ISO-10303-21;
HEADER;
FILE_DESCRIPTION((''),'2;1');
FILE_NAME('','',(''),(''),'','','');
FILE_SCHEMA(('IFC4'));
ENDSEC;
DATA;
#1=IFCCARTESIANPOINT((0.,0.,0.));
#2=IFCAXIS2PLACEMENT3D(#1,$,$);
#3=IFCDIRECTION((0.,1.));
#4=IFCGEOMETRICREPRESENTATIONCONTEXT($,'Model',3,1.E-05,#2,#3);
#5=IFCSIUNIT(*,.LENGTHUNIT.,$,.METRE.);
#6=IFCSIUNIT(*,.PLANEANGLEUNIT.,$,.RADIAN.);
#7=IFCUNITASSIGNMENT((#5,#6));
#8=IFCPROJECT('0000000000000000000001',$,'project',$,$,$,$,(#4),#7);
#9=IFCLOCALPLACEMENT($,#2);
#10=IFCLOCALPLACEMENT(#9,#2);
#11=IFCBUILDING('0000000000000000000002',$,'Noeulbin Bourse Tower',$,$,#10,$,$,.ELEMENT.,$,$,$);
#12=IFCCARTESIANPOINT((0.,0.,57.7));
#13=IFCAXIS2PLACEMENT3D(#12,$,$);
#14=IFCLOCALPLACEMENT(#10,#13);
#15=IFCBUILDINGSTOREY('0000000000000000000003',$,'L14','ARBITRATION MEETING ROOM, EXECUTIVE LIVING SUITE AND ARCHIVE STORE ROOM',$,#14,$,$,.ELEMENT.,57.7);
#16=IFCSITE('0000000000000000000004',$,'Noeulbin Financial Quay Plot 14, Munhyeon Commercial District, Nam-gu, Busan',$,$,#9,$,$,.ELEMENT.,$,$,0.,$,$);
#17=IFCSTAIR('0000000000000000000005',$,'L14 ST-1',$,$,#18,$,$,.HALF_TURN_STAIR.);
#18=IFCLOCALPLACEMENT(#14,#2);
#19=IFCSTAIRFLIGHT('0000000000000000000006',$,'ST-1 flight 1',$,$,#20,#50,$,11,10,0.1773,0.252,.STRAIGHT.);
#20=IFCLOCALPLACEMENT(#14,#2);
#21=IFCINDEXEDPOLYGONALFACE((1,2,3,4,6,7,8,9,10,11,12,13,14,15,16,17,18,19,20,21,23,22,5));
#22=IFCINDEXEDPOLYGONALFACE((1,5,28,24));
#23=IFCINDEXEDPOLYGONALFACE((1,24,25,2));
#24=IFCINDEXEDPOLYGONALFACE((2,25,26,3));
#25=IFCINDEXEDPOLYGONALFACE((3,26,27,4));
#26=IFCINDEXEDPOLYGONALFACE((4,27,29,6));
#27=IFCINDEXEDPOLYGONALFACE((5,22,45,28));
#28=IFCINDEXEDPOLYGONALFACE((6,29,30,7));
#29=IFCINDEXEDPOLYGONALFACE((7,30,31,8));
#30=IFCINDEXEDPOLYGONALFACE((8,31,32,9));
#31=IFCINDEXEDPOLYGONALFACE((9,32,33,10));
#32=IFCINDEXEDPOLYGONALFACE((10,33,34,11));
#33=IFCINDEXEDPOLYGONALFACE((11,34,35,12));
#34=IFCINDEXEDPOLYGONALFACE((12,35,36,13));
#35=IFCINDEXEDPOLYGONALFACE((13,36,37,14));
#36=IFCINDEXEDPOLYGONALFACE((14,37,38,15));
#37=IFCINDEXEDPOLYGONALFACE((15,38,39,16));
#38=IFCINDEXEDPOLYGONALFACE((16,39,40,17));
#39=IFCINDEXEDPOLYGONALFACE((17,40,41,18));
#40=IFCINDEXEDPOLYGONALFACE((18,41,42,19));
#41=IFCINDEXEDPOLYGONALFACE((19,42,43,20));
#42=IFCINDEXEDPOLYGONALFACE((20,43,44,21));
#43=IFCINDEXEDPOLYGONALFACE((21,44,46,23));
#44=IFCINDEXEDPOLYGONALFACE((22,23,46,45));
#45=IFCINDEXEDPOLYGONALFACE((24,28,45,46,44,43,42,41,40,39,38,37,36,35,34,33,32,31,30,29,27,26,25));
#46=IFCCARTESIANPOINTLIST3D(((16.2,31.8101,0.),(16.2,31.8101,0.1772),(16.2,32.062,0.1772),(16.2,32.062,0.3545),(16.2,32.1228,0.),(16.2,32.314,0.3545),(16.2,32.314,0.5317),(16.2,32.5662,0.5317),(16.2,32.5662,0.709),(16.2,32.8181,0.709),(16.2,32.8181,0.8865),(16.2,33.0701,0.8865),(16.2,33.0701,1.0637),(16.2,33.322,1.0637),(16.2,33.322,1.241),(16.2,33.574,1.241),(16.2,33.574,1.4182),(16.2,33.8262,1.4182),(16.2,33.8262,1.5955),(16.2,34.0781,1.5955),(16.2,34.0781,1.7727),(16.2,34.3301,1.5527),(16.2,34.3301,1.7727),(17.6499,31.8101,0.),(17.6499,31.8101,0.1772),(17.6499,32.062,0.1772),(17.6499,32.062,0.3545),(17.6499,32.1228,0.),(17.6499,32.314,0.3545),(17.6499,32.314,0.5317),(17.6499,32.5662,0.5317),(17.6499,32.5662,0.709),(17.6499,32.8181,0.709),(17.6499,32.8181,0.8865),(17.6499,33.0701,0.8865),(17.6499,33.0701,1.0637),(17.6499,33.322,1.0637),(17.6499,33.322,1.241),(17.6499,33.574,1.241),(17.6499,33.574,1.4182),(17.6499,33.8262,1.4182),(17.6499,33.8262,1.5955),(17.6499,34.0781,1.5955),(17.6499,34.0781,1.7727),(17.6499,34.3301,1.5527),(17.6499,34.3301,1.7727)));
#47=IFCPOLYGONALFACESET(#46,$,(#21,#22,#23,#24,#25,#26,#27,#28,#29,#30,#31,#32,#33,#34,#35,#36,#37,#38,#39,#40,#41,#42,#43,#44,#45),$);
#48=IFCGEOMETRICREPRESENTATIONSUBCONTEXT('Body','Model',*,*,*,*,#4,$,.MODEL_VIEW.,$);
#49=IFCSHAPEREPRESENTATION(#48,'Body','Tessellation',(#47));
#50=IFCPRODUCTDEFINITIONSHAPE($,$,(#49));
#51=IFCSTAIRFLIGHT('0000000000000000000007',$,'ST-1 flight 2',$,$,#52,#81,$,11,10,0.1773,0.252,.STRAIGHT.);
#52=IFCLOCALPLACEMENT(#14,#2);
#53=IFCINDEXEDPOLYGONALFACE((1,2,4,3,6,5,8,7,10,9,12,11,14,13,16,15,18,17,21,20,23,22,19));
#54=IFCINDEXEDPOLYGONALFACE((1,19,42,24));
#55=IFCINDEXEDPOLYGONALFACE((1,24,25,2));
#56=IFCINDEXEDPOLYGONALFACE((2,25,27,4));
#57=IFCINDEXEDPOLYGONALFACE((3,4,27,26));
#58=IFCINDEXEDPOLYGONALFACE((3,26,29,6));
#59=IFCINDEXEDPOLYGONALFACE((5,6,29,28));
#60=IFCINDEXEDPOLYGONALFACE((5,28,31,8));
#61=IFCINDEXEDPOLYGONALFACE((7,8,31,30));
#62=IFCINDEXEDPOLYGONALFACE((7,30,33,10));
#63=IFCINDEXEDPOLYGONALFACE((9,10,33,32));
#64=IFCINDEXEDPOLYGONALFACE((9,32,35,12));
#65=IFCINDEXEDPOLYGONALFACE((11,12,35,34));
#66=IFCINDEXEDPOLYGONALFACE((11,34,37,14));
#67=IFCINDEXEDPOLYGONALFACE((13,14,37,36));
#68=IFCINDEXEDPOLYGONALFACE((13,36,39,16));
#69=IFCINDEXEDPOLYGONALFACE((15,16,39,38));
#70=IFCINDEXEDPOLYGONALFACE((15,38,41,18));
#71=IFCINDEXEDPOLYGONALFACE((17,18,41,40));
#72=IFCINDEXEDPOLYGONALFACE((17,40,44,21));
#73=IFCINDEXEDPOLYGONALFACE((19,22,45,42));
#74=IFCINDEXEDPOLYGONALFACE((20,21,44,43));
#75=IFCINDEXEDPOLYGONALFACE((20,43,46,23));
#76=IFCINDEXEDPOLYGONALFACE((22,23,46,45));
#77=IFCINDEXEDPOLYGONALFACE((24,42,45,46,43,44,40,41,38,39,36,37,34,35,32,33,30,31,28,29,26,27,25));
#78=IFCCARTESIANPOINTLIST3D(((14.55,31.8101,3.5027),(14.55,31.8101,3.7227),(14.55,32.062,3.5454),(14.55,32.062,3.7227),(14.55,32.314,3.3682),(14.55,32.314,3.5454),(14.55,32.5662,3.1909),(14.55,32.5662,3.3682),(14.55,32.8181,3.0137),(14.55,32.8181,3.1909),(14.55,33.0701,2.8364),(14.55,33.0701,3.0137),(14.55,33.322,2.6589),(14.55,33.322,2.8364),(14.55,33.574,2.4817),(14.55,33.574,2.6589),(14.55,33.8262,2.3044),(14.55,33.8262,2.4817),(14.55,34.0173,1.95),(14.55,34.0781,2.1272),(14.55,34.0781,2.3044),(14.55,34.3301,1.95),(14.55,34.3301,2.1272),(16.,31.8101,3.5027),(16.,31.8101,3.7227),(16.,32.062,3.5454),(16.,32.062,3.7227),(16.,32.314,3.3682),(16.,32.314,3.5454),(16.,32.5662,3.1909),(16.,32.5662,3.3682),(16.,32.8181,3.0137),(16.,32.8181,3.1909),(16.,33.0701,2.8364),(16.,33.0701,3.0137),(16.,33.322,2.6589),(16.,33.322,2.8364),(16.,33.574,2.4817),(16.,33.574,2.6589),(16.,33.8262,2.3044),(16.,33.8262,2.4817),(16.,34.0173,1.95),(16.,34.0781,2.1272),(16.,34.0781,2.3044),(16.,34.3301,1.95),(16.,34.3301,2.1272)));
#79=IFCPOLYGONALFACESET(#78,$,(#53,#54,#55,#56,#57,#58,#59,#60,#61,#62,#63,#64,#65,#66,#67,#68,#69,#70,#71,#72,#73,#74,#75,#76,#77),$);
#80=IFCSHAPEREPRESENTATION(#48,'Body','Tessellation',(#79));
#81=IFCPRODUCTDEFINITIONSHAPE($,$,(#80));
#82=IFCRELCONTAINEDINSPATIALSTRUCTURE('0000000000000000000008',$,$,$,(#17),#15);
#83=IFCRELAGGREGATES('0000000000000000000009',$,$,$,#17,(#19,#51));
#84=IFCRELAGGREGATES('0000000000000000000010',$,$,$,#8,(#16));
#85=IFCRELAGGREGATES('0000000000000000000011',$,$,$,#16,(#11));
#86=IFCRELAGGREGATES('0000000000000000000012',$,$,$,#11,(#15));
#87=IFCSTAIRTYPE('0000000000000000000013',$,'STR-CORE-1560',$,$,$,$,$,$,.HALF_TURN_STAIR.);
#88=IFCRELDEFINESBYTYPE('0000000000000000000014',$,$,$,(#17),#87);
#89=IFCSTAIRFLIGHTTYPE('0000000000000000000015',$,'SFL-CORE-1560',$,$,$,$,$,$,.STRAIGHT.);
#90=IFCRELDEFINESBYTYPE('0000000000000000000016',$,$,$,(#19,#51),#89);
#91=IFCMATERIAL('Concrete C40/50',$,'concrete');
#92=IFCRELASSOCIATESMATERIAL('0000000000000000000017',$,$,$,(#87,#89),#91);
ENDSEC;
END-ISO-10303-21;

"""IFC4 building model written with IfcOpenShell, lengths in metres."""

from ifc_helpers import new_model, si_unit, direction, frame, origin, place, context, subcontext, project, spatial, polyline, outline, extrude, material, type_object, element, aggregate, save


model = new_model("IFC4")

# Units and contexts
model_context = context("Model", 3, precision=1e-05, world=origin(), true_north=direction((0.0, 1.0)))
body_context = subcontext(model_context, "Body", "Model", "MODEL_VIEW")
ifc_project = project(units=[si_unit("LENGTHUNIT", "METRE"), si_unit("PLANEANGLEUNIT", "RADIAN")], contexts=[model_context])

# Site, building, storey
site_placement = place(None, origin())
site = spatial("IfcSite", under=ifc_project, at=site_placement, Name="Noeulbin Financial Quay Plot 14, Munhyeon Commercial District, Nam-gu, Busan", CompositionType="ELEMENT", RefElevation=0.0)
building_placement = place(site_placement, origin())
building = spatial("IfcBuilding", under=site, at=building_placement, Name="Noeulbin Bourse Tower", CompositionType="ELEMENT")
storey_placement = place(building_placement, frame((0.0, 0.0, 57.7)))
storey = spatial("IfcBuildingStorey", under=building, at=storey_placement, Name="L14", Description="ARBITRATION MEETING ROOM, EXECUTIVE LIVING SUITE AND ARCHIVE STORE ROOM", CompositionType="ELEMENT", Elevation=57.7)

# Shared definitions
ifc_material_1 = material(Name="Concrete C40/50", Category="concrete")

# Stair, stair flights
stair_type = type_object("IfcStairType", Name="STR-CORE-1560", PredefinedType="HALF_TURN_STAIR", material=ifc_material_1)
stair_placement = place(storey_placement, origin())
stair = element("IfcStair", 1, at=stair_placement, inside=storey, type_object=stair_type, Name="L14 ST-1", PredefinedType="HALF_TURN_STAIR")
stair_flight_type = type_object("IfcStairFlightType", Name="SFL-CORE-1560", PredefinedType="STRAIGHT", material=ifc_material_1)
stair_flight_1_placement = place(storey_placement, frame((16.925, 31.8101, 0.0), z_axis=(0.0, 0.0, 1.0), x_axis=(0.0, 1.0, 0.0)))
stair_flight_1 = element("IfcStairFlight", 2, at=stair_flight_1_placement, type_object=stair_flight_type, Name="ST-1 flight 1", NumberOfRisers=11, NumberOfTreads=10, PredefinedType="STRAIGHT", RiserHeight=0.1773, TreadLength=0.252, context=body_context, shape_type="SweptSolid", body=[
    extrude(outline(polyline([(0.0, 0.0), (0.0, 0.1772), (0.252, 0.1772), (0.252, 0.3545), (0.5039, 0.3545), (0.5039, 0.5317), (0.7561, 0.5317), (0.7561, 0.709), (1.0081, 0.709), (1.0081, 0.8865), (1.26, 0.8865), (1.26, 1.0637), (1.512, 1.0637), (1.512, 1.241), (1.7639, 1.241), (1.7639, 1.4182), (2.0161, 1.4182), (2.0161, 1.5955), (2.2681, 1.5955), (2.2681, 1.7727), (2.52, 1.7727), (2.52, 1.95), (2.52, 1.5527), (0.3127, 0.0), (0.0, 0.0)])), frame((0.0, 0.7251, 0.0), z_axis=(0.0, -1.0, 0.0), x_axis=(1.0, 0.0, 0.0)), (0.0, 0.0, 1.0), 1.45),
])
stair_flight_2_placement = place(storey_placement, frame((15.2749, 34.3301, 1.95), z_axis=(0.0, 0.0, 1.0), x_axis=(0.0, -1.0, 0.0)))
stair_flight_2 = element("IfcStairFlight", 3, at=stair_flight_2_placement, type_object=stair_flight_type, Name="ST-1 flight 2", NumberOfRisers=11, NumberOfTreads=10, PredefinedType="STRAIGHT", RiserHeight=0.1773, TreadLength=0.252, context=body_context, shape_type="SweptSolid", body=[
    extrude(outline(polyline([(0.0, 0.0), (0.0, 0.1772), (0.252, 0.1772), (0.252, 0.3545), (0.5039, 0.3545), (0.5039, 0.5317), (0.7561, 0.5317), (0.7561, 0.709), (1.0081, 0.709), (1.0081, 0.8865), (1.26, 0.8865), (1.26, 1.0637), (1.512, 1.0637), (1.512, 1.241), (1.7639, 1.241), (1.7639, 1.4182), (2.0161, 1.4182), (2.0161, 1.5955), (2.2681, 1.5955), (2.2681, 1.7727), (2.52, 1.7727), (2.52, 1.95), (2.52, 1.5527), (0.3127, 0.0), (0.0, 0.0)])), frame((0.0, 0.7251, 0.0), z_axis=(0.0, -1.0, 0.0), x_axis=(1.0, 0.0, 0.0)), (0.0, 0.0, 1.0), 1.45),
])
aggregate(stair, [stair_flight_1, stair_flight_2])

save(model, "model.ifc")
